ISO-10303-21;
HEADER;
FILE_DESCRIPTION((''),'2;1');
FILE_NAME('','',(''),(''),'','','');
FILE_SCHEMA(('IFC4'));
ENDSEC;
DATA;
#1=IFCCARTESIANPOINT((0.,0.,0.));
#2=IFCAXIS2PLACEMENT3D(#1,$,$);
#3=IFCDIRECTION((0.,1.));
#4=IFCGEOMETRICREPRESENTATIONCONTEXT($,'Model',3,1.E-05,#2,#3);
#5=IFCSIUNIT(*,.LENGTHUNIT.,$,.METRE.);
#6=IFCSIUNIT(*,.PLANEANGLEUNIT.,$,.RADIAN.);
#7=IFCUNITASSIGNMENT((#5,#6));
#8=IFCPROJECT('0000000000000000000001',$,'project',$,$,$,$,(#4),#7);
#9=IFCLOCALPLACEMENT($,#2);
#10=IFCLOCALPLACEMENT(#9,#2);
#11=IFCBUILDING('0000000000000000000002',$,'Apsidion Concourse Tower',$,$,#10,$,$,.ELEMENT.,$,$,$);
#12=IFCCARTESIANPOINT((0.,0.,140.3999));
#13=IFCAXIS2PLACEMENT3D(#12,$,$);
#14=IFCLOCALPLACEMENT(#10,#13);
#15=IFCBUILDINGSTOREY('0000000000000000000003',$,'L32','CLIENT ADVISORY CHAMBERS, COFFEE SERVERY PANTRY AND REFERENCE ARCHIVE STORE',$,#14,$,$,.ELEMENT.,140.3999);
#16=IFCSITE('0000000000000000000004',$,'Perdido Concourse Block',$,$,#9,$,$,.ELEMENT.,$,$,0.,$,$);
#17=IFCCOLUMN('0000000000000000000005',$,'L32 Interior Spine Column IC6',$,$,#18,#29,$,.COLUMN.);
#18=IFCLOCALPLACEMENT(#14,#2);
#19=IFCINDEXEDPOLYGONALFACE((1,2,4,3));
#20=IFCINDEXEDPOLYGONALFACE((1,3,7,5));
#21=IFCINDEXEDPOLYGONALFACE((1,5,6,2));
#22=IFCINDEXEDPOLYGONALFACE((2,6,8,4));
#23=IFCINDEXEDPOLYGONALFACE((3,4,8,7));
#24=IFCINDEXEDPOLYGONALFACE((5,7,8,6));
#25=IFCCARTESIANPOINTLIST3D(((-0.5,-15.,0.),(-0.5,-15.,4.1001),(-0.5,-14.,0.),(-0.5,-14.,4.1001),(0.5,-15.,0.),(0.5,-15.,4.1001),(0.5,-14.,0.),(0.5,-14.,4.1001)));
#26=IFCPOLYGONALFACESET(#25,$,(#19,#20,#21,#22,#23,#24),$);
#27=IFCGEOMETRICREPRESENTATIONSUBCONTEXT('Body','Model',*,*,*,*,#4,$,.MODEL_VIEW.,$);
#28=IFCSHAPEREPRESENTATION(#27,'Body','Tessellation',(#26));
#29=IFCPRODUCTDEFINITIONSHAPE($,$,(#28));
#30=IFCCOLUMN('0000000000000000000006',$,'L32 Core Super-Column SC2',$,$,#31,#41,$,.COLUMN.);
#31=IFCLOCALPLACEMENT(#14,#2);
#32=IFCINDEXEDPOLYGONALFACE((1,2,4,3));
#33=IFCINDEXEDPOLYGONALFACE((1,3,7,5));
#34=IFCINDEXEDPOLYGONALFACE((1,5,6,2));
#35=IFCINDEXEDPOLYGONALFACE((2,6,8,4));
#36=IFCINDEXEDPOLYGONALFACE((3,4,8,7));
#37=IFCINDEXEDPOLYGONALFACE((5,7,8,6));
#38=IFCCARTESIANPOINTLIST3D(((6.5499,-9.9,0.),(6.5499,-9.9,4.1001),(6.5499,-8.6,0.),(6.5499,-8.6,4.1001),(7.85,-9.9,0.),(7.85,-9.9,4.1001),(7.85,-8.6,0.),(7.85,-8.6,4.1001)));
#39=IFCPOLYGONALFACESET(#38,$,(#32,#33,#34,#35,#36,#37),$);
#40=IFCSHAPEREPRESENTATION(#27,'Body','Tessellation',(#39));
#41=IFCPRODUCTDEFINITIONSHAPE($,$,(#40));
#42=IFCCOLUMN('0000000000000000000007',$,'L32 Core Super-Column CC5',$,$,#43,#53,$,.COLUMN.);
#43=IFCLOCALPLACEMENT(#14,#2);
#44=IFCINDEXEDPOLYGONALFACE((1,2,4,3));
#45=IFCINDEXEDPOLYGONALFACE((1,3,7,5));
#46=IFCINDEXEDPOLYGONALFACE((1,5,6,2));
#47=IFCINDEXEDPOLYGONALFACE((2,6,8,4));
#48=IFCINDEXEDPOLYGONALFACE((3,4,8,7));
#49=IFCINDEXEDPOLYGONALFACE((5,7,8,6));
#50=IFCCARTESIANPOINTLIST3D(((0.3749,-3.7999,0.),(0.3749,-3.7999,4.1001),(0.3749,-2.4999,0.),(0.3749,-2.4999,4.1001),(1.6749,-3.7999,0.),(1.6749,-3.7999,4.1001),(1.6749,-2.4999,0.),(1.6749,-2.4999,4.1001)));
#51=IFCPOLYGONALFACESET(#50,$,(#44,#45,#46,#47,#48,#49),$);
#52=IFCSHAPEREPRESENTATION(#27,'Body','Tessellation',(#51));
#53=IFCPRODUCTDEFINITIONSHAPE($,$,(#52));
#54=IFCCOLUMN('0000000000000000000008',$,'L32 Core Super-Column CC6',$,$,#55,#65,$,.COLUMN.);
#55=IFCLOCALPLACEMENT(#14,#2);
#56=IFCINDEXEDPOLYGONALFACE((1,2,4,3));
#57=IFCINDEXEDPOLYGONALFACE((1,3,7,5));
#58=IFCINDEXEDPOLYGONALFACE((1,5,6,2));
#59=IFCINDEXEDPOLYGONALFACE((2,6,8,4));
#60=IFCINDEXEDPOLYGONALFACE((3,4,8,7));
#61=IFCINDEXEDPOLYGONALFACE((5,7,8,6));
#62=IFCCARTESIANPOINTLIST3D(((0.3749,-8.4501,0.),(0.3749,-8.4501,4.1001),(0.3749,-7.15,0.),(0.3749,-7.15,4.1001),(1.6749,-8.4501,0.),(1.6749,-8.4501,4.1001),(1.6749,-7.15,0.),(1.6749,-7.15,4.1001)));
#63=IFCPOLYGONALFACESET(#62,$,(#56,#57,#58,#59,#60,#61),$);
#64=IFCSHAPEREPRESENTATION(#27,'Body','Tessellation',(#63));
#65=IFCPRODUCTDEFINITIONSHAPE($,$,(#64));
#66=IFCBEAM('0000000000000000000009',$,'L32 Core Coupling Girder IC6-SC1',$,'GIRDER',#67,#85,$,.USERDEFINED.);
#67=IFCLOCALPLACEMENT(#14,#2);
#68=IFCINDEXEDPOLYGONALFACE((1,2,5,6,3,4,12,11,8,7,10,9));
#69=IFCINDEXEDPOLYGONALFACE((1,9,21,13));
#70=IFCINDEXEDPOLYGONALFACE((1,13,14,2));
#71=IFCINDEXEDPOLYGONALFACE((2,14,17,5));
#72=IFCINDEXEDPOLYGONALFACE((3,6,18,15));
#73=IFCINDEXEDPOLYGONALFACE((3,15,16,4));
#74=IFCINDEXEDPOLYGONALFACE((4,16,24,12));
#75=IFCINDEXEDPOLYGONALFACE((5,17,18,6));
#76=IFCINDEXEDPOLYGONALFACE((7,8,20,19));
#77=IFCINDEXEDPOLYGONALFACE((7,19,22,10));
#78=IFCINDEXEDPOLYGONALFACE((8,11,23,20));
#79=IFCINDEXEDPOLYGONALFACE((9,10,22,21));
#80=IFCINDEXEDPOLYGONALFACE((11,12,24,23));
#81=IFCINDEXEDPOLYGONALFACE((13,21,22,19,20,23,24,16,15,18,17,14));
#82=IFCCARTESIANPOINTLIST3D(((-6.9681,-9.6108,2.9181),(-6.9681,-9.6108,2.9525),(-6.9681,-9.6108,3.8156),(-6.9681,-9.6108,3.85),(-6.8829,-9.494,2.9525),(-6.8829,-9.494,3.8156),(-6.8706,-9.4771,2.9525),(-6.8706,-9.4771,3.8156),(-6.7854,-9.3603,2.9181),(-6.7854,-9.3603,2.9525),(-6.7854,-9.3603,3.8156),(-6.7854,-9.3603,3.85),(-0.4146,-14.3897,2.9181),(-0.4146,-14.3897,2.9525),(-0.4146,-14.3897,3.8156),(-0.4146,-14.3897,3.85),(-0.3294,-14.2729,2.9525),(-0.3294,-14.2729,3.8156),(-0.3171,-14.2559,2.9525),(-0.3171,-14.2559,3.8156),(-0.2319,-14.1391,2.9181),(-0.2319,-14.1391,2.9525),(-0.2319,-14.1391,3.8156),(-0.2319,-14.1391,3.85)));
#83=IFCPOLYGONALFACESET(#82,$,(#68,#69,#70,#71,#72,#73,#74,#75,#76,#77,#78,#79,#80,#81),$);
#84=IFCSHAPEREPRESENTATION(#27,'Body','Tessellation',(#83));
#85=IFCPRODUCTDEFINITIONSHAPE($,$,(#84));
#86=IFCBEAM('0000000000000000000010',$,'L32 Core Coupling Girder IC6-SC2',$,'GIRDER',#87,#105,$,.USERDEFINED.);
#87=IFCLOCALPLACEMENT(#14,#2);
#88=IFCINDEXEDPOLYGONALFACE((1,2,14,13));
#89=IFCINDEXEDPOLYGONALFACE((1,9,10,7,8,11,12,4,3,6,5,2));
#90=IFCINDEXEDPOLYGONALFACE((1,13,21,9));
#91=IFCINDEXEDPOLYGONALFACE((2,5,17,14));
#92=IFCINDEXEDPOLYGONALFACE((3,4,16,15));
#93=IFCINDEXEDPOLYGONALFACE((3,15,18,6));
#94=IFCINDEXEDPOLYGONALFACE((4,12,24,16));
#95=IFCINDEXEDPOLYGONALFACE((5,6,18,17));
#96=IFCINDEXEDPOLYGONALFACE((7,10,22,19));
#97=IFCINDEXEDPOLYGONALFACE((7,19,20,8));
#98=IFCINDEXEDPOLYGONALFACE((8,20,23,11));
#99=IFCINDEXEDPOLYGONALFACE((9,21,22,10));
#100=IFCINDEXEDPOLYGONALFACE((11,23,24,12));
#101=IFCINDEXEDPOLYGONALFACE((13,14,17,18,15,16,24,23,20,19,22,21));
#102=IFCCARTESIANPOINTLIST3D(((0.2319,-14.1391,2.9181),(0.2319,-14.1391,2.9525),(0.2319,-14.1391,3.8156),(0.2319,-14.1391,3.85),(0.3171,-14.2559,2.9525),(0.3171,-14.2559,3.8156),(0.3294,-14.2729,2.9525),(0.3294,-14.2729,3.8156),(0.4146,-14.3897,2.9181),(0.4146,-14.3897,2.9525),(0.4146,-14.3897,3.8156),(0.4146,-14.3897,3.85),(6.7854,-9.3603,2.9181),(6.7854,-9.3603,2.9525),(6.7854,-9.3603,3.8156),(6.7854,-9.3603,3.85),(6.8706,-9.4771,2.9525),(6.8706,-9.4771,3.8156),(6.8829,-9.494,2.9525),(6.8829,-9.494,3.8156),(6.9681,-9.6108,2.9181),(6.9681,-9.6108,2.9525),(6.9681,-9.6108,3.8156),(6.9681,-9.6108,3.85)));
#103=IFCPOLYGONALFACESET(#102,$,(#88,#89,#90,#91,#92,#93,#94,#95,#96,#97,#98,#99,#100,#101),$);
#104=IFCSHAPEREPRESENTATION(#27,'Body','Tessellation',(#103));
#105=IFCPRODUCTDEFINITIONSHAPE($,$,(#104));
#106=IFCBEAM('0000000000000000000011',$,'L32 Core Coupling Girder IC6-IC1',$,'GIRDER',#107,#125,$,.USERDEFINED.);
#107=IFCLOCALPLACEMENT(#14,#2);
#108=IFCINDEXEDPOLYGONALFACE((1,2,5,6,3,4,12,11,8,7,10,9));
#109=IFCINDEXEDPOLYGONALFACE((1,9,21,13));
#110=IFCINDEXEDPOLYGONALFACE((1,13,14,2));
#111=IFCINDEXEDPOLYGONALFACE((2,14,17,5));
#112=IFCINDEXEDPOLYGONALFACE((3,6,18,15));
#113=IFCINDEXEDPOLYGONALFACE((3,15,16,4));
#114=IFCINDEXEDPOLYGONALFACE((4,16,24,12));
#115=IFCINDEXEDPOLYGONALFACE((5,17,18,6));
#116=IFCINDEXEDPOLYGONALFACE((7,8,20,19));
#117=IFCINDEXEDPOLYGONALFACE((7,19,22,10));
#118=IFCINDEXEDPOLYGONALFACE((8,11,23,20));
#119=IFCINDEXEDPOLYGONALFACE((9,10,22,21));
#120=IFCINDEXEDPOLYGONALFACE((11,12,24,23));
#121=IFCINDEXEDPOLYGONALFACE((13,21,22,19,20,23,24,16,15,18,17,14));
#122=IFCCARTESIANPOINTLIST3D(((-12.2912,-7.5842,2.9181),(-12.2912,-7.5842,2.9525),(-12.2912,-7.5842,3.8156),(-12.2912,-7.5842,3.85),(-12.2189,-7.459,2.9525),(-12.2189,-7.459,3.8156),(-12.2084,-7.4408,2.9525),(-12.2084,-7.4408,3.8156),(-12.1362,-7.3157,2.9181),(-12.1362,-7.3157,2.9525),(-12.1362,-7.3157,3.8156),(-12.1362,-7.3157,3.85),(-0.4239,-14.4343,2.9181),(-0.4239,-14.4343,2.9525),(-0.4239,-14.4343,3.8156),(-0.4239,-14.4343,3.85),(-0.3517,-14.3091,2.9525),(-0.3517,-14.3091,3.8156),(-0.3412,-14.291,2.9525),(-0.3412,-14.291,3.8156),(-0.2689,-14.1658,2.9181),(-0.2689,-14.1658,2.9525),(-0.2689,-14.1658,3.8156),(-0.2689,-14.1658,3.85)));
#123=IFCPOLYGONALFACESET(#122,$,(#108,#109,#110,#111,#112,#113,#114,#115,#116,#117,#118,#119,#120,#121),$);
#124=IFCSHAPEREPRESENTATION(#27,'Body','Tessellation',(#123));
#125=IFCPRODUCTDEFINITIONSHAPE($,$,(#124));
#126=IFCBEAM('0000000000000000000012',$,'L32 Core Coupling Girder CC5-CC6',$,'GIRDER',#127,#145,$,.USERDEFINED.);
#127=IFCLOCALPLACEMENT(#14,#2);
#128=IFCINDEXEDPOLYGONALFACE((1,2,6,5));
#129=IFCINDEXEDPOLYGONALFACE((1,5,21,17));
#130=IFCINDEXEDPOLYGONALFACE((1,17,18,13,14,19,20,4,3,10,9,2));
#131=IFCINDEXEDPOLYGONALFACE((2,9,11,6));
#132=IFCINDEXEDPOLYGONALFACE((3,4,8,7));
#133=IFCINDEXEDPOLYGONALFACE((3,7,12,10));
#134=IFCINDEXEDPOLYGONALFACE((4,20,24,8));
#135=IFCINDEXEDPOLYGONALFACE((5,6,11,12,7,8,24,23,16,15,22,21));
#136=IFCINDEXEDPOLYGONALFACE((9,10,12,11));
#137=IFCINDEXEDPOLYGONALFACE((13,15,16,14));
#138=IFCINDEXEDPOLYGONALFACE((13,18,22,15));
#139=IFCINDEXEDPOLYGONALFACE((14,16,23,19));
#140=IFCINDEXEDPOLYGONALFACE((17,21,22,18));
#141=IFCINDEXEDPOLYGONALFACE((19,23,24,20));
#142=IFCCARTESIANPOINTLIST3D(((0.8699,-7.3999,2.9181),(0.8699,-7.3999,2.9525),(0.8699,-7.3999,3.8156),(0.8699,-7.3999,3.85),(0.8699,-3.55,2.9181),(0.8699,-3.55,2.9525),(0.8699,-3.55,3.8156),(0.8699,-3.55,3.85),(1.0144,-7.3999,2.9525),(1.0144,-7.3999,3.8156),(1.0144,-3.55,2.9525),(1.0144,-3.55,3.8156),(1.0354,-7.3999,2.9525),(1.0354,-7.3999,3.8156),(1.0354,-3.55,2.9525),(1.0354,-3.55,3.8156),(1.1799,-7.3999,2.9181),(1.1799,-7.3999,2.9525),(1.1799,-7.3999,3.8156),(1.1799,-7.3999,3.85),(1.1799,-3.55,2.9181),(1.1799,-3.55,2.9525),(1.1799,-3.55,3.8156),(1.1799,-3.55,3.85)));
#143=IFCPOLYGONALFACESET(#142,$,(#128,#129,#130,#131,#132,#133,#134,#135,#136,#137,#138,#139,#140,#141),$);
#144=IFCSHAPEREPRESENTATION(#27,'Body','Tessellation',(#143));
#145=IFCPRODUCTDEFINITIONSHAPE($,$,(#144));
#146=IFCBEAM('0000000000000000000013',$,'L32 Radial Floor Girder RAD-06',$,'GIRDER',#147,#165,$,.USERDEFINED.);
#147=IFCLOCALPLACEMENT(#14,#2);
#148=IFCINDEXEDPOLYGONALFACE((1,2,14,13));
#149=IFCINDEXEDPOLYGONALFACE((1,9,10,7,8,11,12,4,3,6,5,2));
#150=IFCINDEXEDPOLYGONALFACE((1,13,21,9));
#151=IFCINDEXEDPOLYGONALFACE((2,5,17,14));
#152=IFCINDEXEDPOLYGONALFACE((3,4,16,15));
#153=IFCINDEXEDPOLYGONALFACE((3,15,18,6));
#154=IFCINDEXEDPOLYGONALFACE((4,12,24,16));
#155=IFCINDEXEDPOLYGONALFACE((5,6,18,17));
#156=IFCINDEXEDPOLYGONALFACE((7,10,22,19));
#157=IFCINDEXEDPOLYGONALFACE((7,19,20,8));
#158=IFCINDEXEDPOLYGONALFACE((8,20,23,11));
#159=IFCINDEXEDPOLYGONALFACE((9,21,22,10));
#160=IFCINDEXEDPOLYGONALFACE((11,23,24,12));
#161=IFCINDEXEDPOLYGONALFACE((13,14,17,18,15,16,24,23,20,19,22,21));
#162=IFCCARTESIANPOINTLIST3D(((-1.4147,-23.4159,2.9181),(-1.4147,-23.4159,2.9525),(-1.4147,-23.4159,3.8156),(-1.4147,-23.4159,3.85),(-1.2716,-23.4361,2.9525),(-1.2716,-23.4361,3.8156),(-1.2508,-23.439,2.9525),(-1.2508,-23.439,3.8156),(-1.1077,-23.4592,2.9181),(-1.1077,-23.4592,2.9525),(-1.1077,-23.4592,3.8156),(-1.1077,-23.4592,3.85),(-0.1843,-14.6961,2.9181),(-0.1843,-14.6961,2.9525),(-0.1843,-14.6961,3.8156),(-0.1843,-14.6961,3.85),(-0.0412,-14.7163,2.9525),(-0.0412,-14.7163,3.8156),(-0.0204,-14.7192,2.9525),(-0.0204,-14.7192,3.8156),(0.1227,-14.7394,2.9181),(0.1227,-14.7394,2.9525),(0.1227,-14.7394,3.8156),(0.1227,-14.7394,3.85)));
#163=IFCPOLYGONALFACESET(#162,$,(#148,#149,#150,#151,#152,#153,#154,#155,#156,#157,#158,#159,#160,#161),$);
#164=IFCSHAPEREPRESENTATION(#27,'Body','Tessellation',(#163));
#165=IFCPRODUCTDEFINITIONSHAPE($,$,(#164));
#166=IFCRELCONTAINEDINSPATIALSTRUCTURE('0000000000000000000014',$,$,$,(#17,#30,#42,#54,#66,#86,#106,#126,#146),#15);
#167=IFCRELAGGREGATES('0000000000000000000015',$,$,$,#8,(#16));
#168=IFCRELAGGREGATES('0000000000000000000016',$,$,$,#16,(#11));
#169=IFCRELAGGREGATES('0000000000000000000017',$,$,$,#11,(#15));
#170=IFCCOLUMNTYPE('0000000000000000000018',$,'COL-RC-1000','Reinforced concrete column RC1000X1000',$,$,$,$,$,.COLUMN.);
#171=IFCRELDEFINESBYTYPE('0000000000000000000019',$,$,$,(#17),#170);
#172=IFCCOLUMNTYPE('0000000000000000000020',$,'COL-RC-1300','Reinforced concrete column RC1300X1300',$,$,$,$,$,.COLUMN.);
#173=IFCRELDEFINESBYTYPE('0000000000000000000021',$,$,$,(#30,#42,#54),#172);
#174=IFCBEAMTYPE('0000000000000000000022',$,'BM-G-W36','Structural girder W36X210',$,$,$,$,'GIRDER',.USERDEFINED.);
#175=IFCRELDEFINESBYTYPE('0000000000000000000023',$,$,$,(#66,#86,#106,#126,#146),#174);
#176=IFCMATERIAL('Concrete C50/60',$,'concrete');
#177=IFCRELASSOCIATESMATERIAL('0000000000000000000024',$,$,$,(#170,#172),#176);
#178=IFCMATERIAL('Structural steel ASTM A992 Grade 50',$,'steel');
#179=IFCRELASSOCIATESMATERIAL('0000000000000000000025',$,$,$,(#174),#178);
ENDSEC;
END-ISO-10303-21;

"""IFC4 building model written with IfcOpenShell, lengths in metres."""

from ifc_helpers import new_model, si_unit, direction, frame, origin, origin_2d, place, context, subcontext, project, spatial, rectangle, i_section, extrude, material, material_profile, profile_set, type_object, element, save


model = new_model("IFC4")

# Units and contexts
model_context = context("Model", 3, precision=1e-05, world=origin(), true_north=direction((0.0, 1.0)))
body_context = subcontext(model_context, "Body", "Model", "MODEL_VIEW")
ifc_project = project(units=[si_unit("LENGTHUNIT", "METRE"), si_unit("PLANEANGLEUNIT", "RADIAN")], contexts=[model_context])

# Site, building, storey
site_placement = place(None, origin())
site = spatial("IfcSite", under=ifc_project, at=site_placement, Name="Perdido Concourse Block", CompositionType="ELEMENT", RefElevation=0.0)
building_placement = place(site_placement, origin())
building = spatial("IfcBuilding", under=site, at=building_placement, Name="Apsidion Concourse Tower", CompositionType="ELEMENT")
storey_placement = place(building_placement, frame((0.0, 0.0, 140.3999)))
storey = spatial("IfcBuildingStorey", under=building, at=storey_placement, Name="L32", Description="CLIENT ADVISORY CHAMBERS, COFFEE SERVERY PANTRY AND REFERENCE ARCHIVE STORE", CompositionType="ELEMENT", Elevation=140.3999)

# Columns
ifc_material_1 = material(Name="Concrete C50/60", Category="concrete")
ifc_material_profile_1 = material_profile(ifc_material_1, rectangle(XDim=1.0, YDim=1.0, at=origin_2d()), Name="RC 1000x1000")
ifc_profile_set_1 = profile_set([ifc_material_profile_1], Name="Concrete C50/60")
column_type_1 = type_object("IfcColumnType", Name="COL-RC-1000", Description="Reinforced concrete column RC1000X1000", PredefinedType="COLUMN", material=ifc_profile_set_1)
column_placement = place(storey_placement, frame((0.0, -14.5, 0.0), z_axis=(0.0, 0.0, 1.0), x_axis=(1.0, 0.0, 0.0)))
element("IfcColumn", 1, at=column_placement, inside=storey, type_object=column_type_1, Name="L32 Interior Spine Column IC6", PredefinedType="COLUMN", context=body_context, shape_type="SweptSolid", body=[
    extrude(rectangle(XDim=1.0, YDim=1.0, at=origin_2d()), origin(), (0.0, 0.0, 1.0), 4.1001),
])
ifc_material_profile_2 = material_profile(ifc_material_1, rectangle(XDim=1.3, YDim=1.3, at=origin_2d()), Name="RC 1300x1300")
ifc_profile_set_2 = profile_set([ifc_material_profile_2], Name="Concrete C50/60")
column_type_2 = type_object("IfcColumnType", Name="COL-RC-1300", Description="Reinforced concrete column RC1300X1300", PredefinedType="COLUMN", material=ifc_profile_set_2)
for number, where, z_axis, x_axis, name in (
    (2, (7.2, -9.25, 0.0), (0.0, 0.0, 1.0), (1.0, 0.0, 0.0), "L32 Core Super-Column SC2"),
    (3, (1.0249, -3.1499, 0.0), (0.0, 0.0, 1.0), (1.0, 0.0, 0.0), "L32 Core Super-Column CC5"),
    (4, (1.0249, -7.8, 0.0), (0.0, 0.0, 1.0), (1.0, 0.0, 0.0), "L32 Core Super-Column CC6"),
):
    element("IfcColumn", number, at=place(storey_placement, frame(where, z_axis=z_axis, x_axis=x_axis)), inside=storey, type_object=column_type_2, Name=name, PredefinedType="COLUMN", context=body_context, shape_type="SweptSolid", body=[
        extrude(rectangle(XDim=1.3, YDim=1.3, at=origin_2d()), origin(), (0.0, 0.0, 1.0), 4.1001),
    ])

# Beams
ifc_material_2 = material(Name="Structural steel ASTM A992 Grade 50", Category="steel")
ifc_material_profile_3 = material_profile(ifc_material_2, i_section(OverallWidth=0.3101, OverallDepth=0.9319, WebThickness=0.021, FlangeThickness=0.0344, at=origin_2d()), Name="W36X210")
ifc_profile_set_3 = profile_set([ifc_material_profile_3], Name="Structural steel ASTM A992 Grade 50")
beam_type = type_object("IfcBeamType", Name="BM-G-W36", Description="Structural girder W36X210", ElementType="GIRDER", PredefinedType="USERDEFINED", material=ifc_profile_set_3)
for number, where, z_axis, x_axis, name in (
    (5, (-0.3232, -14.2644, 3.384), (-0.807993, 0.589191, 0.0), (-0.589191, -0.807993, 0.0), "L32 Core Coupling Girder IC6-SC1"),
    (6, (0.3232, -14.2644, 3.384), (0.807993, 0.589191, 0.0), (-0.589191, 0.807993, 0.0), "L32 Core Coupling Girder IC6-SC2"),
):
    element("IfcBeam", number, at=place(storey_placement, frame(where, z_axis=z_axis, x_axis=x_axis)), inside=storey, type_object=beam_type, Name=name, ObjectType="GIRDER", PredefinedType="USERDEFINED", context=body_context, shape_type="SweptSolid", body=[
        extrude(i_section(OverallWidth=0.3101, OverallDepth=0.9319, WebThickness=0.021, FlangeThickness=0.0344, at=origin_2d()), origin(), (0.0, 0.0, 1.0), 8.1108),
    ])
beam_1_placement = place(storey_placement, frame((-0.3464, -14.3, 3.384), z_axis=(-0.86607, 0.499922, 0.0), x_axis=(-0.499922, -0.86607, 0.0)))
element("IfcBeam", 7, at=beam_1_placement, inside=storey, type_object=beam_type, Name="L32 Core Coupling Girder IC6-IC1", ObjectType="GIRDER", PredefinedType="USERDEFINED", context=body_context, shape_type="SweptSolid", body=[
    extrude(i_section(OverallWidth=0.3101, OverallDepth=0.9319, WebThickness=0.021, FlangeThickness=0.0344, at=origin_2d()), origin(), (0.0, 0.0, 1.0), 13.7024),
])
beam_2_placement = place(storey_placement, frame((1.0249, -3.55, 3.384), z_axis=(0.0, -1.0, 0.0), x_axis=(1.0, 0.0, 0.0)))
element("IfcBeam", 8, at=beam_2_placement, inside=storey, type_object=beam_type, Name="L32 Core Coupling Girder CC5-CC6", ObjectType="GIRDER", PredefinedType="USERDEFINED", context=body_context, shape_type="SweptSolid", body=[
    extrude(i_section(OverallWidth=0.3101, OverallDepth=0.9319, WebThickness=0.021, FlangeThickness=0.0344, at=origin_2d()), origin(), (0.0, 0.0, 1.0), 3.8499),
])
beam_3_placement = place(storey_placement, frame((-0.0308, -14.7178, 3.384), z_axis=(-0.139729, -0.99019, 0.0), x_axis=(0.99019, -0.139729, 0.0)))
element("IfcBeam", 9, at=beam_3_placement, inside=storey, type_object=beam_type, Name="L32 Radial Floor Girder RAD-06", ObjectType="GIRDER", PredefinedType="USERDEFINED", context=body_context, shape_type="SweptSolid", body=[
    extrude(i_section(OverallWidth=0.3101, OverallDepth=0.9319, WebThickness=0.021, FlangeThickness=0.0344, at=origin_2d()), origin(), (0.0, 0.0, 1.0), 8.8062),
])

save(model, "model.ifc")
